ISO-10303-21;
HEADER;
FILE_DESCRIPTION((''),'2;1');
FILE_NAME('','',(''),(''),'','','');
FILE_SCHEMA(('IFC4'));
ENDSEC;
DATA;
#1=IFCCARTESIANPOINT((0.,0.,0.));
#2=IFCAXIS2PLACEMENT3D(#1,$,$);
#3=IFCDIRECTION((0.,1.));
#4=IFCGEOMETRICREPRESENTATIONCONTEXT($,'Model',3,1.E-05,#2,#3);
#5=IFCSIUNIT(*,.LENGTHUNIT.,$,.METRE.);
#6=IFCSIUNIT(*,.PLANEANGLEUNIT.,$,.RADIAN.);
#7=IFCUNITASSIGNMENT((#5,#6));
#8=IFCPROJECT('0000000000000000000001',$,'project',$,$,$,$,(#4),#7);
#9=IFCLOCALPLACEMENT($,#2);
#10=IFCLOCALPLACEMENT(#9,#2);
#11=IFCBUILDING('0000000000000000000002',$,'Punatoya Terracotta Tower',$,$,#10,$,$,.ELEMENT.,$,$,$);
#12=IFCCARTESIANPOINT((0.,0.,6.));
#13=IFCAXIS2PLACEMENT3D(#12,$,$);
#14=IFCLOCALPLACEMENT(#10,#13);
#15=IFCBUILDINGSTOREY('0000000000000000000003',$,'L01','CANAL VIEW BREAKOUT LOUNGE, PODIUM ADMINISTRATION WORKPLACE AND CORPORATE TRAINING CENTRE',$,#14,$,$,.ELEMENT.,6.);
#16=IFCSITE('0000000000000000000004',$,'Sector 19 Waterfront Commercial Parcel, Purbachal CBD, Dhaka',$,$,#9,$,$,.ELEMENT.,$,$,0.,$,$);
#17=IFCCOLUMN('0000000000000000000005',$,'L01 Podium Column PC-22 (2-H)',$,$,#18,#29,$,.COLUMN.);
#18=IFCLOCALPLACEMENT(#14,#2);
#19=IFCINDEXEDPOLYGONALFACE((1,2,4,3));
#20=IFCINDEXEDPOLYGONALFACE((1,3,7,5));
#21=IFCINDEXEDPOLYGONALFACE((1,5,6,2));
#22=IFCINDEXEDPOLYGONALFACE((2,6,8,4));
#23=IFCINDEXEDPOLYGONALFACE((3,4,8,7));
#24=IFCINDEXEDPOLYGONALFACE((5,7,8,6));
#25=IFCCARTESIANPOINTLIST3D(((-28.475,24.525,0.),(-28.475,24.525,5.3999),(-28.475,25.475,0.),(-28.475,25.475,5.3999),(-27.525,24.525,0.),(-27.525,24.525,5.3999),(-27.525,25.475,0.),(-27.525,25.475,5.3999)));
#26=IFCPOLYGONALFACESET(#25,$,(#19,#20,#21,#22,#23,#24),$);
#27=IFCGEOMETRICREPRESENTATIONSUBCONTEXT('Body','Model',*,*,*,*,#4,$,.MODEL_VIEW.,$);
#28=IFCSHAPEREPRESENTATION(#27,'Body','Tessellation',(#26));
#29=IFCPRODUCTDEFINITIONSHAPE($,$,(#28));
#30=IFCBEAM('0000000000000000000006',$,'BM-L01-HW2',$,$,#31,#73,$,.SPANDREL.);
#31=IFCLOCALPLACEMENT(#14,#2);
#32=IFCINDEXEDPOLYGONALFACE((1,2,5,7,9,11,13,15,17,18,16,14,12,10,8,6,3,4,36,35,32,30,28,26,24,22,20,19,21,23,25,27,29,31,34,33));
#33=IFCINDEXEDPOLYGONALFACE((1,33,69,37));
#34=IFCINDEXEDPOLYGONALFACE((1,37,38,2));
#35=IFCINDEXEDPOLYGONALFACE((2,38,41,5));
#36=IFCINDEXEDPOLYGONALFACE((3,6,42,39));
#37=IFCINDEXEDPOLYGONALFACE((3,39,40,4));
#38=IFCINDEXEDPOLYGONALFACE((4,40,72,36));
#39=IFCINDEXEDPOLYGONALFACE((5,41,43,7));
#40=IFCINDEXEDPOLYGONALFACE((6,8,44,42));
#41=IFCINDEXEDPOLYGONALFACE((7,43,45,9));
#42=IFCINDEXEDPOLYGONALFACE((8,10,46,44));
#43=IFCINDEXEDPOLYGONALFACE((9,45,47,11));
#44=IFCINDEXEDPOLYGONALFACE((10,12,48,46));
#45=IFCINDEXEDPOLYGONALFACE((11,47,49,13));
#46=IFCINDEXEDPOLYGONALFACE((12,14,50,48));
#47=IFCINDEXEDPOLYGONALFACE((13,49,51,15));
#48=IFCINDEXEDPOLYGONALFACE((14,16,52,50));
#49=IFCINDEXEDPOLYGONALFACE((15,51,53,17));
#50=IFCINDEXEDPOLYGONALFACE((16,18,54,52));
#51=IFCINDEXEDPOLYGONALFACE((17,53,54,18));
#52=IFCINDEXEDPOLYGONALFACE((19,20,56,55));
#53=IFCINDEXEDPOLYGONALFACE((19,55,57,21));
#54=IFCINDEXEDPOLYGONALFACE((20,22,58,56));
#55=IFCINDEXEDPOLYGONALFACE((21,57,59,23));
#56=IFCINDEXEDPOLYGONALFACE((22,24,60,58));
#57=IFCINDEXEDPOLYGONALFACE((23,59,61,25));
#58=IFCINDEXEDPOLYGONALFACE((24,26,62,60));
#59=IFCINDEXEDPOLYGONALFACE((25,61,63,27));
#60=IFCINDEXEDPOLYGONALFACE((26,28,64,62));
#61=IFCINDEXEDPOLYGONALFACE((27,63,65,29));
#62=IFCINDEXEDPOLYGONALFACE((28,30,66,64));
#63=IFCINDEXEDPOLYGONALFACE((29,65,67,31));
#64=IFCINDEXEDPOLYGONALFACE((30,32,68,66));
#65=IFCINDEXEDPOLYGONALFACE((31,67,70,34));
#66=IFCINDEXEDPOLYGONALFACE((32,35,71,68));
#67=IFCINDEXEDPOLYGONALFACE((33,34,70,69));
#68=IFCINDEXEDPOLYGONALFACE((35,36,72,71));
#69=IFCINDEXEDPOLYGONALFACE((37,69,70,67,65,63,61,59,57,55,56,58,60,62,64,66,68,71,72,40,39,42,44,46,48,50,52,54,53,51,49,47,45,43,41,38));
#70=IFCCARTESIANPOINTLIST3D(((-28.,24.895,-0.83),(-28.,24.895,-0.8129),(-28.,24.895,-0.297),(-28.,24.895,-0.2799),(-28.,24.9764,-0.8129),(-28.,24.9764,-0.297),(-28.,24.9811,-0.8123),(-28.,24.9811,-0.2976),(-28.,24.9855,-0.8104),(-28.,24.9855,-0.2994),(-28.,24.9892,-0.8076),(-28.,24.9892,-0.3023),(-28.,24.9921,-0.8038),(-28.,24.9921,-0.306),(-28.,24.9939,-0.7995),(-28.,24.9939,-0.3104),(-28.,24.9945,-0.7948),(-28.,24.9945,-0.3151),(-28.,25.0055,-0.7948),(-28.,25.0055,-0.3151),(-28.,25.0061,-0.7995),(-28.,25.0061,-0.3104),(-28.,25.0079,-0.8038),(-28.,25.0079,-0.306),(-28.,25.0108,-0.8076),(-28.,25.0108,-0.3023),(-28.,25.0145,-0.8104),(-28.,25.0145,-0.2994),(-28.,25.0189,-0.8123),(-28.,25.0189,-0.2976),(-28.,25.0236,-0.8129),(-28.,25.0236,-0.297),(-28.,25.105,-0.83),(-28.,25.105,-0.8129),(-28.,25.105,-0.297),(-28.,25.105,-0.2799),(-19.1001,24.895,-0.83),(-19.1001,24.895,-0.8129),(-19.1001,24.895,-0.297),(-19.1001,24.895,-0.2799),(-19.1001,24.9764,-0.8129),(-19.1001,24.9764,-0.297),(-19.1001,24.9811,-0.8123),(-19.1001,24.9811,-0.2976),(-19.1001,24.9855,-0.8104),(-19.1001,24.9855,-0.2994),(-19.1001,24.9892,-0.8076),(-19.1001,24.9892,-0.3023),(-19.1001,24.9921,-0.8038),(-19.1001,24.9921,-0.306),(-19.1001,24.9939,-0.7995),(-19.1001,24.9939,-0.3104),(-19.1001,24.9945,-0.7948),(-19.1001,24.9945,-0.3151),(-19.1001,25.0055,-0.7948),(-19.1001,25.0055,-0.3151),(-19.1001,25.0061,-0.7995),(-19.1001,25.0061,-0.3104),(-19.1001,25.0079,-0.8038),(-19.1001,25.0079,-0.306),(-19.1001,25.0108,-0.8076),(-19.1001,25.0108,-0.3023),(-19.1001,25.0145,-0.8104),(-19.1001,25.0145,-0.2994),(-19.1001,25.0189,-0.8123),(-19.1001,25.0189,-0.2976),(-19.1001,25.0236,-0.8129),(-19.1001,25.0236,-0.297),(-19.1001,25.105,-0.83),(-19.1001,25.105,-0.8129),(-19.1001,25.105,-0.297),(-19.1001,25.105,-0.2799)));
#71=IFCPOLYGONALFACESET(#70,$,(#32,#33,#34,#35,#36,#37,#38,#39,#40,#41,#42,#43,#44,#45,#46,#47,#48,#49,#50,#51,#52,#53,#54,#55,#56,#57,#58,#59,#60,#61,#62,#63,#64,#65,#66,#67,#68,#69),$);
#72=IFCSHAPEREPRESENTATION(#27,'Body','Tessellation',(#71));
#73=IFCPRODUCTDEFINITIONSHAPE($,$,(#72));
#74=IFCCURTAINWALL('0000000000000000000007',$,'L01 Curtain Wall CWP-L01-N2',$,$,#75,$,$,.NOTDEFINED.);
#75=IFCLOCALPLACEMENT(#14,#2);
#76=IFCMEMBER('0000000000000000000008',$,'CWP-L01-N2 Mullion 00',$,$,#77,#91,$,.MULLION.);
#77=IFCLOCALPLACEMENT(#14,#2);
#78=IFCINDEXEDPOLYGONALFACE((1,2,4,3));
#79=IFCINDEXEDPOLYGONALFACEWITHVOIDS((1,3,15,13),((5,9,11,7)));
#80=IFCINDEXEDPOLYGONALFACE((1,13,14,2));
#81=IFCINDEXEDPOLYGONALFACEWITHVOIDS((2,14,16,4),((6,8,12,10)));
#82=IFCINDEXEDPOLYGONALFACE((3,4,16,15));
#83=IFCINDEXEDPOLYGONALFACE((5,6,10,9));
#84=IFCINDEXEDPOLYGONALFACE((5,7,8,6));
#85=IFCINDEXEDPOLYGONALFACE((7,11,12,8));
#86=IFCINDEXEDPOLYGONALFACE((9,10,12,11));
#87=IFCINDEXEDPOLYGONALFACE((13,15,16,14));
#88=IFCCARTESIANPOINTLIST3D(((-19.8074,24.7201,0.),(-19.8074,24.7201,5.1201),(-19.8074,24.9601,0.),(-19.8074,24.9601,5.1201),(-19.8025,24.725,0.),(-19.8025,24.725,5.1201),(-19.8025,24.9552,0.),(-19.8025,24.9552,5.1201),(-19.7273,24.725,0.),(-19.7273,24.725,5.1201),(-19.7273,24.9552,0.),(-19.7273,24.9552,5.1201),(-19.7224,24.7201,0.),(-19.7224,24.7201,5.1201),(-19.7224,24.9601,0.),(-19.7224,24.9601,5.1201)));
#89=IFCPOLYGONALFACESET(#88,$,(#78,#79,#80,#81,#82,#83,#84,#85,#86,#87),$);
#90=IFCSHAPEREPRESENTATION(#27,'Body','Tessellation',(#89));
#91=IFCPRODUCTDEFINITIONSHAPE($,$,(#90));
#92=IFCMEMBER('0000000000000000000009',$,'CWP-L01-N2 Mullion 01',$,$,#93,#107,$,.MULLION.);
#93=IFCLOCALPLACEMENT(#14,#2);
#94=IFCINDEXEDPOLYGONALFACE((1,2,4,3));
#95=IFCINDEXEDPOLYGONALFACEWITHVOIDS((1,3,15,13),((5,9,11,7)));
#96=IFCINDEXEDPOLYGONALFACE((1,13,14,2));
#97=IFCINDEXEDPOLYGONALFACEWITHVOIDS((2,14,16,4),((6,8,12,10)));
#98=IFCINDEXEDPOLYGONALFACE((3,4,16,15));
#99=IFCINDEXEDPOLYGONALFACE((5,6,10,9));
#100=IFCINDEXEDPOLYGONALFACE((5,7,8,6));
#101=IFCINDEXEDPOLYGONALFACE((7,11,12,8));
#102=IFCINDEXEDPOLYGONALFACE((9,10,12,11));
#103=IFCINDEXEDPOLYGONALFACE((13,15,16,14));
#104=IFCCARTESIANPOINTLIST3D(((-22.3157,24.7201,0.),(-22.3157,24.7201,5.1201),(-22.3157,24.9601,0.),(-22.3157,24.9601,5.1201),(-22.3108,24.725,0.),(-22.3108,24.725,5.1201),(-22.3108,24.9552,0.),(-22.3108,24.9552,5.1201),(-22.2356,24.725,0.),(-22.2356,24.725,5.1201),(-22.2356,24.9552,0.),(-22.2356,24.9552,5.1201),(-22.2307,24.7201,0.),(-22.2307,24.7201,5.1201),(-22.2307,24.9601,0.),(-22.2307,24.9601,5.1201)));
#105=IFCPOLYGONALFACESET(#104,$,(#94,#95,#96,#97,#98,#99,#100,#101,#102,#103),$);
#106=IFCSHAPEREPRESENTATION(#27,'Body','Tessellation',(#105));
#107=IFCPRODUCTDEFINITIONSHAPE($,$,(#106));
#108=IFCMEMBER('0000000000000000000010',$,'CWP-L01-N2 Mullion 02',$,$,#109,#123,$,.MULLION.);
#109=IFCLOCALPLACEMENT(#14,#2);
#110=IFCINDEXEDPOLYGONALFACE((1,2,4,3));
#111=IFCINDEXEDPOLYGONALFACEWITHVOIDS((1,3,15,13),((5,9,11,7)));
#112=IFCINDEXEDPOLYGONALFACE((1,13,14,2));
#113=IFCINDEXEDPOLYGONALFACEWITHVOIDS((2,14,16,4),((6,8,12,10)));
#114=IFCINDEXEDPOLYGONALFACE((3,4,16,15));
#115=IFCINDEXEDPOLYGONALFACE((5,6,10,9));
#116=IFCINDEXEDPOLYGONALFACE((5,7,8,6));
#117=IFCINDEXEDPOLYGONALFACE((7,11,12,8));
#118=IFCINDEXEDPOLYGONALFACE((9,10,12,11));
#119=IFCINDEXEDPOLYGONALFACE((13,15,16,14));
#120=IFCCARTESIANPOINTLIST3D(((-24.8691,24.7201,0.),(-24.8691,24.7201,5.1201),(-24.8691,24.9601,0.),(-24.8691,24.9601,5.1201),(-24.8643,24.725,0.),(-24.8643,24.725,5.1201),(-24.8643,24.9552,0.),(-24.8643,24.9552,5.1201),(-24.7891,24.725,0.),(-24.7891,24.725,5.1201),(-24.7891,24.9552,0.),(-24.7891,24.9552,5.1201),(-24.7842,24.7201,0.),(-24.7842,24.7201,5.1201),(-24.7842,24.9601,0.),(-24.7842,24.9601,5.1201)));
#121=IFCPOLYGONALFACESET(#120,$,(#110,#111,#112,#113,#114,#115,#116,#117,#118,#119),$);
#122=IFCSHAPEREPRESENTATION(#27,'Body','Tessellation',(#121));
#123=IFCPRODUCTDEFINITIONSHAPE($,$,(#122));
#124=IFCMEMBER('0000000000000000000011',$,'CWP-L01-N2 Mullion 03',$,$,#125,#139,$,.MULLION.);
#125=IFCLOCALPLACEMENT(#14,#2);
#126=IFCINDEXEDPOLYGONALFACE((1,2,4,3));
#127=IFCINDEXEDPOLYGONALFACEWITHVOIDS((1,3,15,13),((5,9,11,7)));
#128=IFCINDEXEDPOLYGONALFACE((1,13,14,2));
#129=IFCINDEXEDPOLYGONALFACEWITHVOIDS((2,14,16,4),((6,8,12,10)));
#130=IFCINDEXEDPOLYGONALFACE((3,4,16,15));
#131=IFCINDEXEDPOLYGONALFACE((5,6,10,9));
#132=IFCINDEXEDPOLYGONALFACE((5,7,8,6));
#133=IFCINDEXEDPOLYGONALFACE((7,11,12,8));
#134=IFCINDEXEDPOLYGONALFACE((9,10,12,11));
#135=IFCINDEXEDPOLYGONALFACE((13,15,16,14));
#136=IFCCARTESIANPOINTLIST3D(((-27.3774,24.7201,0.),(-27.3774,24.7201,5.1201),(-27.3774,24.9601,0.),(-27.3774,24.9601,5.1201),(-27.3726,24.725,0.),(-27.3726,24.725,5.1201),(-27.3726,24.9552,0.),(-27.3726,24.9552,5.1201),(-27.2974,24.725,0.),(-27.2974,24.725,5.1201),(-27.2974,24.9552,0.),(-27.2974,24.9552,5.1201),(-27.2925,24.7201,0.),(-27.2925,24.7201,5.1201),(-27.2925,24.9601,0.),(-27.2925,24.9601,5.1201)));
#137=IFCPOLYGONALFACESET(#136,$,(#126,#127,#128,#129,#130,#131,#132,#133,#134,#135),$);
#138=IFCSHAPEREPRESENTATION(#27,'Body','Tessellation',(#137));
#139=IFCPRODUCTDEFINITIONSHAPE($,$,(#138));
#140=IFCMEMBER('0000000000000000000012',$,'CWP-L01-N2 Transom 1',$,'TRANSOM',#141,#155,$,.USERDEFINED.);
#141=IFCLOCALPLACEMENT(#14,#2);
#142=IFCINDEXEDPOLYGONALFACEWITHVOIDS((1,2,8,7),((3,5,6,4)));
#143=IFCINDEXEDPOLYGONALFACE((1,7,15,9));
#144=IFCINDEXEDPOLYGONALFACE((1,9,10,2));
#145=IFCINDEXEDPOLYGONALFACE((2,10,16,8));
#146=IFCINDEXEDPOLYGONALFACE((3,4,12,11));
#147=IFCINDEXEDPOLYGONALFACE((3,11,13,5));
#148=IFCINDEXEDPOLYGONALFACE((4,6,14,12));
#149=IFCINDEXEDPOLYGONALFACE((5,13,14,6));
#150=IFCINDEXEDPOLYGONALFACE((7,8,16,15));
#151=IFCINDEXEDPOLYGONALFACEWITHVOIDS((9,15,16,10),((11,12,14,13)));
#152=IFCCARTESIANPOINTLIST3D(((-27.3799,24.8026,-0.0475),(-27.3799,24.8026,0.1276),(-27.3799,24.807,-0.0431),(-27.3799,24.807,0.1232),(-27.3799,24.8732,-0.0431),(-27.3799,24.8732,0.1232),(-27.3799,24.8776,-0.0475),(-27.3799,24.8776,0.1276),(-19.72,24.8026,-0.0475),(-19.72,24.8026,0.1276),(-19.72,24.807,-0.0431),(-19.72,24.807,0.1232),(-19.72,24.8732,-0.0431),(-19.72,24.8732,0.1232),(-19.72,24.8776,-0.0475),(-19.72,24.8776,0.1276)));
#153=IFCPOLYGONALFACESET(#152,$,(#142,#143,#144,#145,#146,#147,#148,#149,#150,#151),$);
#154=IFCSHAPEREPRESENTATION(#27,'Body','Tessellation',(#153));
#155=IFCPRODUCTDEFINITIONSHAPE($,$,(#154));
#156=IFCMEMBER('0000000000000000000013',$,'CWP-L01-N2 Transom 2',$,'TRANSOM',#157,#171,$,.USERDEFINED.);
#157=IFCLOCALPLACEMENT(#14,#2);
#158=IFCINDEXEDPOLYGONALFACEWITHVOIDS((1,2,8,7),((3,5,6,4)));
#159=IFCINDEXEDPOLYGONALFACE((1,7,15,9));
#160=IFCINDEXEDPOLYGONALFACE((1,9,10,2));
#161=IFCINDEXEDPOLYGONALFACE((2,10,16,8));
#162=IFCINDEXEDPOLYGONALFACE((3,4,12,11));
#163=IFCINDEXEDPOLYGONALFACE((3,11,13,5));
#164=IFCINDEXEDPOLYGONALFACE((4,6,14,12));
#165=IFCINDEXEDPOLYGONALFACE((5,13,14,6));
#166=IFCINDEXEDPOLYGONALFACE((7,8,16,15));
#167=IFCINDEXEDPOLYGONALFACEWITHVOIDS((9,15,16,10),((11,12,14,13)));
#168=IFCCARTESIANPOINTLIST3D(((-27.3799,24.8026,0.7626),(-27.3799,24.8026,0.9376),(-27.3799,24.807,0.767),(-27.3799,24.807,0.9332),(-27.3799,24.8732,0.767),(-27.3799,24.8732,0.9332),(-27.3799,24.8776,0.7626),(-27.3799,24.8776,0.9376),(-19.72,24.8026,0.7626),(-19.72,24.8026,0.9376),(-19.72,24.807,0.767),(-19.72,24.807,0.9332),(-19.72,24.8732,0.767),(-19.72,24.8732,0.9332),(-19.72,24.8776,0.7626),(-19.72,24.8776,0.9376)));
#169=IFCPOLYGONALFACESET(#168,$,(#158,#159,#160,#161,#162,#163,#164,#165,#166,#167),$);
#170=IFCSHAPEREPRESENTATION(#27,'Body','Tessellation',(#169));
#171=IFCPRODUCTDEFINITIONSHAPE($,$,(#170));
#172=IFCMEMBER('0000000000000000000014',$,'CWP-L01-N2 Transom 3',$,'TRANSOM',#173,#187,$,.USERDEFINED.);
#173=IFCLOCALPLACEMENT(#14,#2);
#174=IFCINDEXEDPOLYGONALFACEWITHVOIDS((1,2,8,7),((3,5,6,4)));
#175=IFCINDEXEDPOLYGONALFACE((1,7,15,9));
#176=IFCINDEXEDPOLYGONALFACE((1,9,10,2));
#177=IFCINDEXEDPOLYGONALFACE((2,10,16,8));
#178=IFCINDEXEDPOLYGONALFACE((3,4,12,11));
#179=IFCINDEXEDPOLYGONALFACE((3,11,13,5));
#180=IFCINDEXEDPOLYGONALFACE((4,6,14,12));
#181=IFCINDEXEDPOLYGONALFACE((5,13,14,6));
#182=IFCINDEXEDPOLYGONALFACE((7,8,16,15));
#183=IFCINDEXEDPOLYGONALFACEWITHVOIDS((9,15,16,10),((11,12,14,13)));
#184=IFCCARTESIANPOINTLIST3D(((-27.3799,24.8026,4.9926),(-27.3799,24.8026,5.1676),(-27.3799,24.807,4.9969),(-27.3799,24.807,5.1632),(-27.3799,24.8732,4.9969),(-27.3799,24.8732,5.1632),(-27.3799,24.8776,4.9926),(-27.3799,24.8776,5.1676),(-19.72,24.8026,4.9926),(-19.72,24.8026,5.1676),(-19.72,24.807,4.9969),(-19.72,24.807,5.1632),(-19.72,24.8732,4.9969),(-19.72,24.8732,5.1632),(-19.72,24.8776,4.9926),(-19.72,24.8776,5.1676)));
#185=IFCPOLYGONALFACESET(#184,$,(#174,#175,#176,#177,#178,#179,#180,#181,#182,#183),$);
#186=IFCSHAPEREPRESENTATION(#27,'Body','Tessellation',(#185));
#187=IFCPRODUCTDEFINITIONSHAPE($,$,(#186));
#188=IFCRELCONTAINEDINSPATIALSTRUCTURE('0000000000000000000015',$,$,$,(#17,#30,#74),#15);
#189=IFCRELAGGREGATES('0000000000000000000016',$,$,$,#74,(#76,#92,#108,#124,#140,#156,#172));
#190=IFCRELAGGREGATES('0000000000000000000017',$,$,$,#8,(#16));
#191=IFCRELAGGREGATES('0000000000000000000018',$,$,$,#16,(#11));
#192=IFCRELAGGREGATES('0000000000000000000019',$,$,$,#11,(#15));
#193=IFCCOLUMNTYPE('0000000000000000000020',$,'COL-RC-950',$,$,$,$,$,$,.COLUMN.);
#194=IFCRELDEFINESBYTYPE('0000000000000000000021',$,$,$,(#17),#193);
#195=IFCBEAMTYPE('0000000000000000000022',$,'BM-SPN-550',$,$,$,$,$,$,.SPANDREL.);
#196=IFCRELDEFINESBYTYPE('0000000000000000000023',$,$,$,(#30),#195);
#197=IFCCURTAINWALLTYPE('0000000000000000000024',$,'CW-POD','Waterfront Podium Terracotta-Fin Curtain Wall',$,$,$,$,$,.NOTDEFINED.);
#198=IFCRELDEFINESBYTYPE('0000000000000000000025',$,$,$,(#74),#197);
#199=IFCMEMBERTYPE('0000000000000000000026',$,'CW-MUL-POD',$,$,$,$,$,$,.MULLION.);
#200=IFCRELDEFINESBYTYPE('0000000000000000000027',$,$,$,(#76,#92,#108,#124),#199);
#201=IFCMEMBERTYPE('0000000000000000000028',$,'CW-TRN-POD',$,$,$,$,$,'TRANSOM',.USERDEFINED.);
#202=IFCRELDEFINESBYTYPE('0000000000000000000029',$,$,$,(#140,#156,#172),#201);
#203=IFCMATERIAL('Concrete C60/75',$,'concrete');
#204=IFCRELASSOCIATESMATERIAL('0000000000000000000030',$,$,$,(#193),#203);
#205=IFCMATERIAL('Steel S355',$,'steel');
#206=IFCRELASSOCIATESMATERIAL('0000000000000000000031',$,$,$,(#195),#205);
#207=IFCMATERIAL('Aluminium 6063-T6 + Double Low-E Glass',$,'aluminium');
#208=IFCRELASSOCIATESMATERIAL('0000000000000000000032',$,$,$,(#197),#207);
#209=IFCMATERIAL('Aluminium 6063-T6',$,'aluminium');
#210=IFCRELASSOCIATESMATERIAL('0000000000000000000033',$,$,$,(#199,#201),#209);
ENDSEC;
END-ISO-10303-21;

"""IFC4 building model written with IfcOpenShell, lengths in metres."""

from ifc_helpers import new_model, si_unit, direction, frame, origin, origin_2d, place, context, subcontext, project, spatial, rectangle, hollow_rectangle, i_section, extrude, material, material_profile, profile_set, type_object, element, aggregate, save


model = new_model("IFC4")

# Units and contexts
model_context = context("Model", 3, precision=1e-05, world=origin(), true_north=direction((0.0, 1.0)))
body_context = subcontext(model_context, "Body", "Model", "MODEL_VIEW")
ifc_project = project(units=[si_unit("LENGTHUNIT", "METRE"), si_unit("PLANEANGLEUNIT", "RADIAN")], contexts=[model_context])

# Site, building, storey
site_placement = place(None, origin())
site = spatial("IfcSite", under=ifc_project, at=site_placement, Name="Sector 19 Waterfront Commercial Parcel, Purbachal CBD, Dhaka", CompositionType="ELEMENT", RefElevation=0.0)
building_placement = place(site_placement, origin())
building = spatial("IfcBuilding", under=site, at=building_placement, Name="Punatoya Terracotta Tower", CompositionType="ELEMENT")
storey_placement = place(building_placement, frame((0.0, 0.0, 6.0)))
storey = spatial("IfcBuildingStorey", under=building, at=storey_placement, Name="L01", Description="CANAL VIEW BREAKOUT LOUNGE, PODIUM ADMINISTRATION WORKPLACE AND CORPORATE TRAINING CENTRE", CompositionType="ELEMENT", Elevation=6.0)

# Column
ifc_material_1 = material(Name="Concrete C60/75", Category="concrete")
ifc_material_profile_1 = material_profile(ifc_material_1, rectangle(XDim=0.95, YDim=0.95, at=origin_2d()))
ifc_profile_set_1 = profile_set([ifc_material_profile_1], Name="Concrete C60/75")
column_type = type_object("IfcColumnType", Name="COL-RC-950", PredefinedType="COLUMN", material=ifc_profile_set_1)
column_placement = place(storey_placement, frame((-28.0, 25.0, 0.0), z_axis=(0.0, 0.0, 1.0), x_axis=(1.0, 0.0, 0.0)))
element("IfcColumn", 1, at=column_placement, inside=storey, type_object=column_type, Name="L01 Podium Column PC-22 (2-H)", PredefinedType="COLUMN", context=body_context, shape_type="SweptSolid", body=[
    extrude(rectangle(XDim=0.95, YDim=0.95, at=origin_2d()), origin(), (0.0, 0.0, 1.0), 5.3999),
])

# Beam
ifc_material_2 = material(Name="Steel S355", Category="steel")
ifc_material_profile_2 = material_profile(ifc_material_2, i_section(OverallWidth=0.21, OverallDepth=0.55, WebThickness=0.011, FlangeThickness=0.0171, FilletRadius=0.0181, at=origin_2d()))
ifc_profile_set_2 = profile_set([ifc_material_profile_2], Name="Steel S355")
beam_type = type_object("IfcBeamType", Name="BM-SPN-550", PredefinedType="SPANDREL", material=ifc_profile_set_2)
beam_placement = place(storey_placement, frame((-28.0, 25.0, -0.5549), z_axis=(1.0, 0.0, 0.0), x_axis=(0.0, 1.0, 0.0)))
element("IfcBeam", 2, at=beam_placement, inside=storey, type_object=beam_type, Name="BM-L01-HW2", PredefinedType="SPANDREL", context=body_context, shape_type="SweptSolid", body=[
    extrude(i_section(OverallWidth=0.21, OverallDepth=0.55, WebThickness=0.011, FlangeThickness=0.0171, FilletRadius=0.0181, at=origin_2d()), origin(), (0.0, 0.0, 1.0), 8.8999),
])

# Curtain wall, members
ifc_material_3 = material(Name="Aluminium 6063-T6 + Double Low-E Glass", Category="aluminium")
curtain_wall_type = type_object("IfcCurtainWallType", Name="CW-POD", Description="Waterfront Podium Terracotta-Fin Curtain Wall", PredefinedType="NOTDEFINED", material=ifc_material_3)
curtain_wall_placement = place(storey_placement, origin())
curtain_wall = element("IfcCurtainWall", 3, at=curtain_wall_placement, inside=storey, type_object=curtain_wall_type, Name="L01 Curtain Wall CWP-L01-N2", PredefinedType="NOTDEFINED")
ifc_material_4 = material(Name="Aluminium 6063-T6", Category="aluminium")
ifc_material_profile_3 = material_profile(ifc_material_4, hollow_rectangle(XDim=0.085, YDim=0.24, WallThickness=0.0049, at=origin_2d()))
ifc_profile_set_3 = profile_set([ifc_material_profile_3], Name="Aluminium 6063-T6")
member_type_1 = type_object("IfcMemberType", Name="CW-MUL-POD", PredefinedType="MULLION", material=ifc_profile_set_3)
member_1_placement = place(storey_placement, frame((-19.7649, 24.8401, 0.0), z_axis=(0.0, 0.0, 1.0), x_axis=(1.0, 0.0, 0.0)))
member_1 = element("IfcMember", 4, at=member_1_placement, type_object=member_type_1, Name="CWP-L01-N2 Mullion 00", PredefinedType="MULLION", context=body_context, shape_type="SweptSolid", body=[
    extrude(hollow_rectangle(XDim=0.085, YDim=0.24, WallThickness=0.0049, at=origin_2d()), origin(), (0.0, 0.0, 1.0), 5.1201),
])
member_2_placement = place(storey_placement, frame((-22.2732, 24.8401, 0.0), z_axis=(0.0, 0.0, 1.0), x_axis=(1.0, 0.0, 0.0)))
member_2 = element("IfcMember", 5, at=member_2_placement, type_object=member_type_1, Name="CWP-L01-N2 Mullion 01", PredefinedType="MULLION", context=body_context, shape_type="SweptSolid", body=[
    extrude(hollow_rectangle(XDim=0.085, YDim=0.24, WallThickness=0.0049, at=origin_2d()), origin(), (0.0, 0.0, 1.0), 5.1201),
])
member_3_placement = place(storey_placement, frame((-24.8267, 24.8401, 0.0), z_axis=(0.0, 0.0, 1.0), x_axis=(1.0, 0.0, 0.0)))
member_3 = element("IfcMember", 6, at=member_3_placement, type_object=member_type_1, Name="CWP-L01-N2 Mullion 02", PredefinedType="MULLION", context=body_context, shape_type="SweptSolid", body=[
    extrude(hollow_rectangle(XDim=0.085, YDim=0.24, WallThickness=0.0049, at=origin_2d()), origin(), (0.0, 0.0, 1.0), 5.1201),
])
member_4_placement = place(storey_placement, frame((-27.335, 24.8401, 0.0), z_axis=(0.0, 0.0, 1.0), x_axis=(1.0, 0.0, 0.0)))
member_4 = element("IfcMember", 7, at=member_4_placement, type_object=member_type_1, Name="CWP-L01-N2 Mullion 03", PredefinedType="MULLION", context=body_context, shape_type="SweptSolid", body=[
    extrude(hollow_rectangle(XDim=0.085, YDim=0.24, WallThickness=0.0049, at=origin_2d()), origin(), (0.0, 0.0, 1.0), 5.1201),
])
ifc_material_profile_4 = material_profile(ifc_material_4, hollow_rectangle(XDim=0.075, YDim=0.175, WallThickness=0.0044, at=origin_2d()))
ifc_profile_set_4 = profile_set([ifc_material_profile_4], Name="Aluminium 6063-T6")
member_type_2 = type_object("IfcMemberType", Name="CW-TRN-POD", ElementType="TRANSOM", PredefinedType="USERDEFINED", material=ifc_profile_set_4)
member_5_placement = place(storey_placement, frame((-19.72, 24.8401, 0.04), z_axis=(-1.0, 0.0, 0.0), x_axis=(0.0, -1.0, 0.0)))
member_5 = element("IfcMember", 8, at=member_5_placement, type_object=member_type_2, Name="CWP-L01-N2 Transom 1", ObjectType="TRANSOM", PredefinedType="USERDEFINED", context=body_context, shape_type="SweptSolid", body=[
    extrude(hollow_rectangle(XDim=0.075, YDim=0.175, WallThickness=0.0044, at=origin_2d()), origin(), (0.0, 0.0, 1.0), 7.6599),
])
member_6_placement = place(storey_placement, frame((-19.72, 24.8401, 0.8501), z_axis=(-1.0, 0.0, 0.0), x_axis=(0.0, -1.0, 0.0)))
member_6 = element("IfcMember", 9, at=member_6_placement, type_object=member_type_2, Name="CWP-L01-N2 Transom 2", ObjectType="TRANSOM", PredefinedType="USERDEFINED", context=body_context, shape_type="SweptSolid", body=[
    extrude(hollow_rectangle(XDim=0.075, YDim=0.175, WallThickness=0.0044, at=origin_2d()), origin(), (0.0, 0.0, 1.0), 7.6599),
])
member_7_placement = place(storey_placement, frame((-19.72, 24.8401, 5.0801), z_axis=(-1.0, 0.0, 0.0), x_axis=(0.0, -1.0, 0.0)))
member_7 = element("IfcMember", 10, at=member_7_placement, type_object=member_type_2, Name="CWP-L01-N2 Transom 3", ObjectType="TRANSOM", PredefinedType="USERDEFINED", context=body_context, shape_type="SweptSolid", body=[
    extrude(hollow_rectangle(XDim=0.075, YDim=0.175, WallThickness=0.0044, at=origin_2d()), origin(), (0.0, 0.0, 1.0), 7.6599),
])
aggregate(curtain_wall, [member_1, member_2, member_3, member_4, member_5, member_6, member_7])

save(model, "model.ifc")
